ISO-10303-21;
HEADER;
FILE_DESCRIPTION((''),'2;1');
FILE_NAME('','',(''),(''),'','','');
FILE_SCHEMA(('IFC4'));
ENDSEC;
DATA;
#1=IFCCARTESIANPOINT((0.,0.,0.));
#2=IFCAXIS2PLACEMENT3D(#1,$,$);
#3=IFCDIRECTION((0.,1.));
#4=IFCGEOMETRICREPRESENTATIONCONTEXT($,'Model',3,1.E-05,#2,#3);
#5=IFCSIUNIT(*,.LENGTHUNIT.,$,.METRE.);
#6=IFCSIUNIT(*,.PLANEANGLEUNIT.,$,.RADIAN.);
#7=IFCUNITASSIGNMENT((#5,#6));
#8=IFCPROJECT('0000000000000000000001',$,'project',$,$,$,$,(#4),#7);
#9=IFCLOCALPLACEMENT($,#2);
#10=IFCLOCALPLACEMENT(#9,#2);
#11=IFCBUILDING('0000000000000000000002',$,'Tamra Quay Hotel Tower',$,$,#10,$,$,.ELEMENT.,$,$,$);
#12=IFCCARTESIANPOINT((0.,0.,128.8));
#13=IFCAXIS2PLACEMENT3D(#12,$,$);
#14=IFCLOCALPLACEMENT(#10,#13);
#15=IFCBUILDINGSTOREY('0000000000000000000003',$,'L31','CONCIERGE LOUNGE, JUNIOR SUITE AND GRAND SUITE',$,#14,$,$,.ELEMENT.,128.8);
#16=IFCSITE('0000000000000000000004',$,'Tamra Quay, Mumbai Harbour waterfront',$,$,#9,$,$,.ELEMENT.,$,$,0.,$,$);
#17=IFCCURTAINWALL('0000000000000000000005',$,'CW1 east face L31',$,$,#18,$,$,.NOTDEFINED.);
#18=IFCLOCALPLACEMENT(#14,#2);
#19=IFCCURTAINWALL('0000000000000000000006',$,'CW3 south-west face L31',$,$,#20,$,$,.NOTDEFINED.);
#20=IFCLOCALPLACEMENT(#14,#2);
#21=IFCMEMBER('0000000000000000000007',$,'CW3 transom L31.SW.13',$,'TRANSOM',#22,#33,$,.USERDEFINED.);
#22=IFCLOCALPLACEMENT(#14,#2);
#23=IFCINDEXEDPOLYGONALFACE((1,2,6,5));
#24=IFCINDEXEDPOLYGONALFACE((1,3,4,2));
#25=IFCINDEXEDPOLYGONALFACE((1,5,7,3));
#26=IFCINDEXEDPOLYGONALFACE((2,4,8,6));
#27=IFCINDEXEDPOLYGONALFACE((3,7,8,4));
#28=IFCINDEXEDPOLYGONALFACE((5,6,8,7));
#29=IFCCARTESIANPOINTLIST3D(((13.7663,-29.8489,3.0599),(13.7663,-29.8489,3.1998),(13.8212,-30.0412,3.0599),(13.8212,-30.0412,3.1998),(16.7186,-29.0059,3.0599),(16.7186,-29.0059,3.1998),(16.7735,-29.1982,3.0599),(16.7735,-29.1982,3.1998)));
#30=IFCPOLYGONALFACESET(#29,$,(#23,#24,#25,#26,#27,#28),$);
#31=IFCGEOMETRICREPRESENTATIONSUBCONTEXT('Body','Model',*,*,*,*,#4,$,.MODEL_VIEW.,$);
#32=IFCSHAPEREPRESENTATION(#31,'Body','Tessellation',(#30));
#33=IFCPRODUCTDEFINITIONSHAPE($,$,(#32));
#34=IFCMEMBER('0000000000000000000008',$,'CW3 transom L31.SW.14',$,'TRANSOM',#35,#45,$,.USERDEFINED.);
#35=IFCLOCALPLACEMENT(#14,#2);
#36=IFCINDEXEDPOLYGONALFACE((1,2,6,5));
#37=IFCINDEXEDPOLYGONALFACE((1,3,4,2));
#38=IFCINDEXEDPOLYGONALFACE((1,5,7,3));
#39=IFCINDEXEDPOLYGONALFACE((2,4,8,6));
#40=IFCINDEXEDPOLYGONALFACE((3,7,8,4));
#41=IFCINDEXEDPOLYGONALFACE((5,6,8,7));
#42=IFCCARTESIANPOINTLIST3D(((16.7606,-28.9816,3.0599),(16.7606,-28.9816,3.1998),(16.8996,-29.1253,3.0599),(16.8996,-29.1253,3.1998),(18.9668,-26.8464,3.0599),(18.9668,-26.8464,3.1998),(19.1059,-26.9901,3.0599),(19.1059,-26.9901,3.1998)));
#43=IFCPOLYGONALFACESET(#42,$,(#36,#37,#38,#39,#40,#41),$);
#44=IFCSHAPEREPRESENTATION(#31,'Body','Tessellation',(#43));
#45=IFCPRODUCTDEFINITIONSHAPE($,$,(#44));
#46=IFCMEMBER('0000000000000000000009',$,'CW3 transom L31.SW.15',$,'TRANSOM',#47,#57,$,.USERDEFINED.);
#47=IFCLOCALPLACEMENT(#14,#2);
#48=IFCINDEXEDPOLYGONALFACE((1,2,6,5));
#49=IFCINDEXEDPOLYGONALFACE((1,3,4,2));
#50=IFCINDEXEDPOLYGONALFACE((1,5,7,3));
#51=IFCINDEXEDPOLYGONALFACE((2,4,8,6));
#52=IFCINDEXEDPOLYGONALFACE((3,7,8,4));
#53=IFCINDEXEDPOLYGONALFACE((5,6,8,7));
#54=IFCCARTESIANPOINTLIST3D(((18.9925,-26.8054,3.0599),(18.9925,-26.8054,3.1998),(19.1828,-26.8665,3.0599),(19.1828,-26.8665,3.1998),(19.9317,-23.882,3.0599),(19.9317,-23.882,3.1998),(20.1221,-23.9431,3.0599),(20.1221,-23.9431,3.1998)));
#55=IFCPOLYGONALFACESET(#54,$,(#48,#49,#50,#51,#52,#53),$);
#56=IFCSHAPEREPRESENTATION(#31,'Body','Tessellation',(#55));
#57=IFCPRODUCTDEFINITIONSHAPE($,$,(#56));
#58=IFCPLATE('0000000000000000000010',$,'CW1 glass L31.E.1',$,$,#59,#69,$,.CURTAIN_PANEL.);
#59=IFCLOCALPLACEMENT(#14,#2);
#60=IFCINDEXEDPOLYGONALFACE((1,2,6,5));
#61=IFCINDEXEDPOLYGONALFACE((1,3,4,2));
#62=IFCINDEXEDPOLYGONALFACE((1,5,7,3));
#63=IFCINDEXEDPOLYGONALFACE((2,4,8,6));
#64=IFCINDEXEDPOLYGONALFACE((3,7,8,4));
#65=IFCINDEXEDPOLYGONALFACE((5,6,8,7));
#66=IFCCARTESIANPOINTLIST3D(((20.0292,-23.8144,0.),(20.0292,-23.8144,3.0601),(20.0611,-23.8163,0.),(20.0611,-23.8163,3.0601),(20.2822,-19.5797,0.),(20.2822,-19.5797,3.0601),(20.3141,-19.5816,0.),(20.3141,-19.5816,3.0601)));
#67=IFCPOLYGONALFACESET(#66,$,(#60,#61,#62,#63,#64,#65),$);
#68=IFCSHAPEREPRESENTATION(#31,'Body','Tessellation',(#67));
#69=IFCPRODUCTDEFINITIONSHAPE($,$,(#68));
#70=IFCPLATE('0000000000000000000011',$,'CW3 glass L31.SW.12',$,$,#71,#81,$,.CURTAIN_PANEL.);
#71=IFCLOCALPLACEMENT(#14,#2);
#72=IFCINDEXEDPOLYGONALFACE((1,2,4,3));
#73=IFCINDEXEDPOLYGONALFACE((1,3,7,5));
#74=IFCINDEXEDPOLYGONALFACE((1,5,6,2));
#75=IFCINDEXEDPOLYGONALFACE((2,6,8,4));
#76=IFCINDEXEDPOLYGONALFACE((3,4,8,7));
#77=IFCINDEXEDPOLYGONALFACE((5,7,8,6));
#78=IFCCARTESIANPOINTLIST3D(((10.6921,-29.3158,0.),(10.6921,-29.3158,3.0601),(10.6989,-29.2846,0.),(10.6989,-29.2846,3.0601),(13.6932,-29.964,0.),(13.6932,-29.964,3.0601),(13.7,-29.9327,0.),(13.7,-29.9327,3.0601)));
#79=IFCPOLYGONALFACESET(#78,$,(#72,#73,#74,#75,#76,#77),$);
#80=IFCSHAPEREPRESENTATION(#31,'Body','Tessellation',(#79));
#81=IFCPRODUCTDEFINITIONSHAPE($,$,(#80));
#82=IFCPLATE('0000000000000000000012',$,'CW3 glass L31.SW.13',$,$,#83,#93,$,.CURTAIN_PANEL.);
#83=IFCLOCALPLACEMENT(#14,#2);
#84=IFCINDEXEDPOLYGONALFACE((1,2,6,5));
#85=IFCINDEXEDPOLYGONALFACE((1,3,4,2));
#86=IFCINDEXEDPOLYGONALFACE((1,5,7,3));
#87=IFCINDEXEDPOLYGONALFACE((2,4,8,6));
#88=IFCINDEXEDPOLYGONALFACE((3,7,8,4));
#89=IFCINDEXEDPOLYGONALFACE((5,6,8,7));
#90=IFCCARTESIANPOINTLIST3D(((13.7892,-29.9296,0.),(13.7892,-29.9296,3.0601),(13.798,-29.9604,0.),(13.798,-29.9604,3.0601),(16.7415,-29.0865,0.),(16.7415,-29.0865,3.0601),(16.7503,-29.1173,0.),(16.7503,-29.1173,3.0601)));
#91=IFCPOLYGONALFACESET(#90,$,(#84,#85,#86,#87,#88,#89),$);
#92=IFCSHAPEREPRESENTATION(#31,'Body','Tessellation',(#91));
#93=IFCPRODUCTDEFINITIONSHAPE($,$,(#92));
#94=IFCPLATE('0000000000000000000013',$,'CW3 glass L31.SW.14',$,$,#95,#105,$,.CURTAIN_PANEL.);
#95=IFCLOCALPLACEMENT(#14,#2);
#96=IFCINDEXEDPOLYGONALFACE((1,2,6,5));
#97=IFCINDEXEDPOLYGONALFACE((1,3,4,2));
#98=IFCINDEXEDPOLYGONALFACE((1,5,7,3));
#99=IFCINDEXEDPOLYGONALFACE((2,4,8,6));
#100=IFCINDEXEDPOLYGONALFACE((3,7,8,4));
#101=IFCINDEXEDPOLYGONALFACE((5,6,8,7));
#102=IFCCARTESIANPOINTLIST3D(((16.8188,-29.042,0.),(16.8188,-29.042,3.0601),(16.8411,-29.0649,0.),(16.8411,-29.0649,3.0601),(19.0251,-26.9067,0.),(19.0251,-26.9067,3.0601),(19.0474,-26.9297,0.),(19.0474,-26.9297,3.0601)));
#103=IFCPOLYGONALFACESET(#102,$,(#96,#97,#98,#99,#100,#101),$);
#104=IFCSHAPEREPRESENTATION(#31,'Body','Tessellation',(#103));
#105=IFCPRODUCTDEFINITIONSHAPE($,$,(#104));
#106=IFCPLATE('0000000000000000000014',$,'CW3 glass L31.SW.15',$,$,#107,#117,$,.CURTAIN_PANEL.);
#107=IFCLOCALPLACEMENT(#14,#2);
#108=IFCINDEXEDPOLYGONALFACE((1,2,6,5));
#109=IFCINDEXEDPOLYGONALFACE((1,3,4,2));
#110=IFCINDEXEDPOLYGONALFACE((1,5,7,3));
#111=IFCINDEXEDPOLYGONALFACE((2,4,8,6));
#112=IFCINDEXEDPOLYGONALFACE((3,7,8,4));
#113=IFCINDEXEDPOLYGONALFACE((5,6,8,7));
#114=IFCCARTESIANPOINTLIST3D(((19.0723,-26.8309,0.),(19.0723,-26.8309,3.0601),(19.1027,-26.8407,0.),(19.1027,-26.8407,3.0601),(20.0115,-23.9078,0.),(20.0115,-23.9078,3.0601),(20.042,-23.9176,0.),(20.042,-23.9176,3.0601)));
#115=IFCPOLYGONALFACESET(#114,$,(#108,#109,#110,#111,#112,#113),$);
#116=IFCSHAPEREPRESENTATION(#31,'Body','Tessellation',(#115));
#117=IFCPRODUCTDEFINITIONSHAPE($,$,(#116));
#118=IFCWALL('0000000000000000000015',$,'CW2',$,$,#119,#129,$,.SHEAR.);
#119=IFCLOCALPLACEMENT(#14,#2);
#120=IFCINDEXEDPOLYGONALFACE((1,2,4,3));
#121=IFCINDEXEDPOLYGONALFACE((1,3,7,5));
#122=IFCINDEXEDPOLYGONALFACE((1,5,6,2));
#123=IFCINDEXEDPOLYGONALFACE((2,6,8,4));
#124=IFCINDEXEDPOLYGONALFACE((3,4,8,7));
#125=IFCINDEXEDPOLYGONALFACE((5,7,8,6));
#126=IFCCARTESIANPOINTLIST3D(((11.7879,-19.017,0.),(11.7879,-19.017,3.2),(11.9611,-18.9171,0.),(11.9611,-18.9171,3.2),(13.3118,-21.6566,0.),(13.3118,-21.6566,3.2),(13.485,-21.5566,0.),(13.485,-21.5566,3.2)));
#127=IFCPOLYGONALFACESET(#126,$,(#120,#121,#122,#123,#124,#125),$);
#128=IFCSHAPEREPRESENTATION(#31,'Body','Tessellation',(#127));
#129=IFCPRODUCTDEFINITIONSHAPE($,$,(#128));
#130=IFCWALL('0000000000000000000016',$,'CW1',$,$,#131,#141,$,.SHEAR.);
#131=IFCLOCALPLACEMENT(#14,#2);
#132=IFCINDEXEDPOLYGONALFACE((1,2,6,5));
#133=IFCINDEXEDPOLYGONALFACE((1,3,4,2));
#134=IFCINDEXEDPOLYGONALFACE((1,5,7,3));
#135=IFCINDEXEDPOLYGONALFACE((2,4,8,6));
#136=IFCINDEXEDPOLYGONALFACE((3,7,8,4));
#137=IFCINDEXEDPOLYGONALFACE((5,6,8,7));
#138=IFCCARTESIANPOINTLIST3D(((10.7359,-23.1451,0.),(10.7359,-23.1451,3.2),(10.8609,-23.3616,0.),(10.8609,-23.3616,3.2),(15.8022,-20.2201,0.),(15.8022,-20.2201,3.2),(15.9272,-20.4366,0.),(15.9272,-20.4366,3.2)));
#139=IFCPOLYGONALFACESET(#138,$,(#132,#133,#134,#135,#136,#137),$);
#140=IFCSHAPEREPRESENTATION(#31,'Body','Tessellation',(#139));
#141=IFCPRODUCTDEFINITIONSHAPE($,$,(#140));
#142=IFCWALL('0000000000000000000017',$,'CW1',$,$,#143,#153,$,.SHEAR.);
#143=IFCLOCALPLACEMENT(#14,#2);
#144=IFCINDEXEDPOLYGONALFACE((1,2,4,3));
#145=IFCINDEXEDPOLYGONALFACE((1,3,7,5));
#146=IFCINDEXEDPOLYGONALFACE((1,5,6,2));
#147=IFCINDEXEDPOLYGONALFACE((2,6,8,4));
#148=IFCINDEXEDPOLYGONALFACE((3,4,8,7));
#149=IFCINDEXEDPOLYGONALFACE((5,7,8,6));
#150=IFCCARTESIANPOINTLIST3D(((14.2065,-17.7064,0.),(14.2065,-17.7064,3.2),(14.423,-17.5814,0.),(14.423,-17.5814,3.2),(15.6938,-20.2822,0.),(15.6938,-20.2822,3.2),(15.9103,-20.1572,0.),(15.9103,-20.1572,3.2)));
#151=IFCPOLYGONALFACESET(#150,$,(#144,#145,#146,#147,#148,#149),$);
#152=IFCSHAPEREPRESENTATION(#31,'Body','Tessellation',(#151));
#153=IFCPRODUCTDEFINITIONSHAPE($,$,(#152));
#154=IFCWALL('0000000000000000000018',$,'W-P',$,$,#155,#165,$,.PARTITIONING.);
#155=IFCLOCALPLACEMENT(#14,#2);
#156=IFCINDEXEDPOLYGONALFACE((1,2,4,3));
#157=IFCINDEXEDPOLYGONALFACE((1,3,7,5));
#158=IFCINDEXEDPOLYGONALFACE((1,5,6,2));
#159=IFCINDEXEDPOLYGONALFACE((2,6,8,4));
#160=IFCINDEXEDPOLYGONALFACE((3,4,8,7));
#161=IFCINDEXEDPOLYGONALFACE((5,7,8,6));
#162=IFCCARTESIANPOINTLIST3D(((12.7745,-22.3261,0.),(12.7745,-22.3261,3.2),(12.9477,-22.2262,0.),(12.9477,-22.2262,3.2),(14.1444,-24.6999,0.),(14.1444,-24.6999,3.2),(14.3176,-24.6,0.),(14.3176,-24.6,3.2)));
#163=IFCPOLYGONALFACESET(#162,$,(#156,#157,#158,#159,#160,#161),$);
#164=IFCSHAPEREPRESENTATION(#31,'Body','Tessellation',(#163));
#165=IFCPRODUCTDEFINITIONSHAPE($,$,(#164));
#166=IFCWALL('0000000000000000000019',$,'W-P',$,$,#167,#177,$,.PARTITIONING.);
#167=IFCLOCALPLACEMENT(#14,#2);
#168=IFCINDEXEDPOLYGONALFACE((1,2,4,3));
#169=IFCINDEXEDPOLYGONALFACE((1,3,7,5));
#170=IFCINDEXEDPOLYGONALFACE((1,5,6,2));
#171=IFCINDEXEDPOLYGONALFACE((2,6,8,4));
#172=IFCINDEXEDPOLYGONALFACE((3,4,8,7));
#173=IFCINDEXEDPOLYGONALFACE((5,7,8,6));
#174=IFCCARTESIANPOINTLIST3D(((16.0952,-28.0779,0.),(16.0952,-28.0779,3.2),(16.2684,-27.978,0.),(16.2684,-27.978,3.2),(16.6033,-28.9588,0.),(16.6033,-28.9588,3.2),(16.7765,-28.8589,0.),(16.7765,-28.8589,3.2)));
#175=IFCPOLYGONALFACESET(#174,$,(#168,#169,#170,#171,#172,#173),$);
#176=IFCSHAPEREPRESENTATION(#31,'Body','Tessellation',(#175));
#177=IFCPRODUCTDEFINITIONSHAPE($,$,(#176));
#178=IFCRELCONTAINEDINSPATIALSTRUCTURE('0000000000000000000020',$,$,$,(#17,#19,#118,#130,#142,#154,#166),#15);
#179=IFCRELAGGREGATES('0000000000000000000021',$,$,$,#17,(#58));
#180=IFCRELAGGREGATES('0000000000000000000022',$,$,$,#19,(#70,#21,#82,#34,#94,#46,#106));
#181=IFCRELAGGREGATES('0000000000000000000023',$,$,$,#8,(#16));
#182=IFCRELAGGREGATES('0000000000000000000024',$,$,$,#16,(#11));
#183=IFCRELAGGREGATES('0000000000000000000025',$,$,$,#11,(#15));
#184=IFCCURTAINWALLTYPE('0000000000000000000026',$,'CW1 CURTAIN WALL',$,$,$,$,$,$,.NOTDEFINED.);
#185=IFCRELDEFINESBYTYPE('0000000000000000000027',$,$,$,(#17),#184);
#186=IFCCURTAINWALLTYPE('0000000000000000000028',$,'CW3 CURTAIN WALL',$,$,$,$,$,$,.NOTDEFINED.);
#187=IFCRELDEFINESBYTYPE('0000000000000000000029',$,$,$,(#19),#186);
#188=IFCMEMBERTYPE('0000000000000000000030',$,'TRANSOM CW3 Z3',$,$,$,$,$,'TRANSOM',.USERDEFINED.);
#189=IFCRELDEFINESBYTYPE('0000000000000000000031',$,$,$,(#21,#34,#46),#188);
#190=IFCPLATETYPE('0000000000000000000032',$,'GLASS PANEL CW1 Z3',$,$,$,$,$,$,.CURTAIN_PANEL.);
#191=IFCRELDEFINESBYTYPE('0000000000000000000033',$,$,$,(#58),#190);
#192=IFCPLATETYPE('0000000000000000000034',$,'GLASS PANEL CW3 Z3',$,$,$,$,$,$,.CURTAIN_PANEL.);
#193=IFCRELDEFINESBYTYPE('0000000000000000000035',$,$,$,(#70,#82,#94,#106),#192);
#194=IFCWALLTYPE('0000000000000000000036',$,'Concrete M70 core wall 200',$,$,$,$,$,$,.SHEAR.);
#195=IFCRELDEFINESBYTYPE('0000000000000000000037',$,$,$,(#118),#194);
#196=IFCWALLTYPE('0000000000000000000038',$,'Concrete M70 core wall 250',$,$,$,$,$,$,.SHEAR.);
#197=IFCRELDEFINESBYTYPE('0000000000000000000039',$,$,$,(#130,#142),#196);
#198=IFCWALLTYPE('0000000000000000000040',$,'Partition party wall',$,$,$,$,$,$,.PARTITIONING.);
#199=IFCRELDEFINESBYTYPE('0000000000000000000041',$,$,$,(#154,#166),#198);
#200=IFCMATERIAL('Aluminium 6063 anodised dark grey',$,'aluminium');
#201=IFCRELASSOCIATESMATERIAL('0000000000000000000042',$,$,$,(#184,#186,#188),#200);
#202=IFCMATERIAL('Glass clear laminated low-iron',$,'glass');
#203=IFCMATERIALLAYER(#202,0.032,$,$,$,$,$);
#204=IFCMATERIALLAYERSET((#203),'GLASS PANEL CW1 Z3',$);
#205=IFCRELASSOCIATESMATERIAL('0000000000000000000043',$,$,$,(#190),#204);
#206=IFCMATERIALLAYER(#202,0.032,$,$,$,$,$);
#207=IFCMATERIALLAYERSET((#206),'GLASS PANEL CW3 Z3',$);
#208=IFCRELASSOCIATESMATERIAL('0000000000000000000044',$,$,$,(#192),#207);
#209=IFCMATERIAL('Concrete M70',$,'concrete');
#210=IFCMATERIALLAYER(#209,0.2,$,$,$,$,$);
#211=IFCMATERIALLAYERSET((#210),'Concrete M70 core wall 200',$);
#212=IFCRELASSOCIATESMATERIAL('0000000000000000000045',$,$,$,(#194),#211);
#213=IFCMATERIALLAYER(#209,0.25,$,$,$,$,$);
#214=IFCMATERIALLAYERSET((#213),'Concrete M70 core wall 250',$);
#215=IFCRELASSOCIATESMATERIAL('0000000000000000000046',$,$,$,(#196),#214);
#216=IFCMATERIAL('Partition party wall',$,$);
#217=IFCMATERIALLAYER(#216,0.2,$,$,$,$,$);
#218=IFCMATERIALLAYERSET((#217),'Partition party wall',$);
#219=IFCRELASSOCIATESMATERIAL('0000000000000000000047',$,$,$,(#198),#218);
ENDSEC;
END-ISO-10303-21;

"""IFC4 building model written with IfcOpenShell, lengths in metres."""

from ifc_helpers import new_model, si_unit, direction, frame, frame_2d, origin, origin_2d, place, context, subcontext, project, spatial, rectangle, extrude, material, layer, layer_set, material_profile, profile_set, type_object, element, aggregate, save


model = new_model("IFC4")

# Units and contexts
model_context = context("Model", 3, precision=1e-05, world=origin(), true_north=direction((0.0, 1.0)))
body_context = subcontext(model_context, "Body", "Model", "MODEL_VIEW")
ifc_project = project(units=[si_unit("LENGTHUNIT", "METRE"), si_unit("PLANEANGLEUNIT", "RADIAN")], contexts=[model_context])

# Site, building, storey
site_placement = place(None, origin())
site = spatial("IfcSite", under=ifc_project, at=site_placement, Name="Tamra Quay, Mumbai Harbour waterfront", CompositionType="ELEMENT", RefElevation=0.0)
building_placement = place(site_placement, origin())
building = spatial("IfcBuilding", under=site, at=building_placement, Name="Tamra Quay Hotel Tower", CompositionType="ELEMENT")
storey_placement = place(building_placement, frame((0.0, 0.0, 128.8)))
storey = spatial("IfcBuildingStorey", under=building, at=storey_placement, Name="L31", Description="CONCIERGE LOUNGE, JUNIOR SUITE AND GRAND SUITE", CompositionType="ELEMENT", Elevation=128.8)

# Shared definitions
ifc_material_1 = material(Name="Concrete M70", Category="concrete")

# Curtain walls
ifc_material_2 = material(Name="Aluminium 6063 anodised dark grey", Category="aluminium")
curtain_wall_type_1 = type_object("IfcCurtainWallType", Name="CW1 CURTAIN WALL", PredefinedType="NOTDEFINED", material=ifc_material_2)
curtain_wall_1_placement = place(storey_placement, origin())
curtain_wall_1 = element("IfcCurtainWall", 1, at=curtain_wall_1_placement, inside=storey, type_object=curtain_wall_type_1, Name="CW1 east face L31", PredefinedType="NOTDEFINED")
curtain_wall_type_2 = type_object("IfcCurtainWallType", Name="CW3 CURTAIN WALL", PredefinedType="NOTDEFINED", material=ifc_material_2)
curtain_wall_2_placement = place(storey_placement, origin())
curtain_wall_2 = element("IfcCurtainWall", 2, at=curtain_wall_2_placement, inside=storey, type_object=curtain_wall_type_2, Name="CW3 south-west face L31", PredefinedType="NOTDEFINED")

# Members
ifc_material_profile_1 = material_profile(ifc_material_2, rectangle(XDim=0.2, YDim=0.1399, at=origin_2d()), Name="TRANSOM 200X140")
ifc_profile_set_1 = profile_set([ifc_material_profile_1], Name="Aluminium 6063 anodised dark grey")
member_type_1 = type_object("IfcMemberType", Name="TRANSOM CW3 Z3", ElementType="TRANSOM", PredefinedType="USERDEFINED", material=ifc_profile_set_1)
member_1_placement = place(storey_placement, frame((13.7937, -29.9451, 3.1299), z_axis=(0.961569, 0.274564, 0.0), x_axis=(-0.274564, 0.961569, 0.0)))
member_1 = element("IfcMember", 3, at=member_1_placement, type_object=member_type_1, Name="CW3 transom L31.SW.13", ObjectType="TRANSOM", PredefinedType="USERDEFINED", context=body_context, shape_type="SweptSolid", body=[
    extrude(rectangle(XDim=0.2, YDim=0.1399, at=origin_2d()), origin(), (0.0, 0.0, 1.0), 3.0703),
])
member_2_placement = place(storey_placement, frame((16.8301, -29.0535, 3.1299), z_axis=(0.718582, 0.695443, 0.0), x_axis=(-0.695443, 0.718582, 0.0)))
member_2 = element("IfcMember", 4, at=member_2_placement, type_object=member_type_1, Name="CW3 transom L31.SW.14", ObjectType="TRANSOM", PredefinedType="USERDEFINED", context=body_context, shape_type="SweptSolid", body=[
    extrude(rectangle(XDim=0.2, YDim=0.1399, at=origin_2d()), origin(), (0.0, 0.0, 1.0), 3.0703),
])
member_3_placement = place(storey_placement, frame((19.0876, -26.8359, 3.1299), z_axis=(0.30588, 0.95207, 0.0), x_axis=(-0.95207, 0.30588, 0.0)))
member_3 = element("IfcMember", 5, at=member_3_placement, type_object=member_type_1, Name="CW3 transom L31.SW.15", ObjectType="TRANSOM", PredefinedType="USERDEFINED", context=body_context, shape_type="SweptSolid", body=[
    extrude(rectangle(XDim=0.2, YDim=0.1399, at=origin_2d()), origin(), (0.0, 0.0, 1.0), 3.0706),
])

# Plates
ifc_material_3 = material(Name="Glass clear laminated low-iron", Category="glass")
ifc_layer_1 = layer(ifc_material_3, 0.032)
ifc_layer_set_1 = layer_set([ifc_layer_1], Name="GLASS PANEL CW1 Z3")
plate_type_1 = type_object("IfcPlateType", Name="GLASS PANEL CW1 Z3", PredefinedType="CURTAIN_PANEL", material=ifc_layer_set_1)
plate_1_placement = place(storey_placement, frame((20.1716, -21.698, 0.0), z_axis=(0.0, 0.0, 1.0), x_axis=(0.059642, 0.99822, 0.0)))
plate_1 = element("IfcPlate", 6, at=plate_1_placement, type_object=plate_type_1, Name="CW1 glass L31.E.1", PredefinedType="CURTAIN_PANEL", context=body_context, shape_type="SweptSolid", body=[
    extrude(rectangle(XDim=4.2422, YDim=0.032, at=origin_2d()), origin(), (0.0, 0.0, 1.0), 3.0601),
])
aggregate(curtain_wall_1, [plate_1])
ifc_layer_2 = layer(ifc_material_3, 0.032)
ifc_layer_set_2 = layer_set([ifc_layer_2], Name="GLASS PANEL CW3 Z3")
plate_type_2 = type_object("IfcPlateType", Name="GLASS PANEL CW3 Z3", PredefinedType="CURTAIN_PANEL", material=ifc_layer_set_2)
plate_2_placement = place(storey_placement, frame((12.196, -29.6243, 0.0), z_axis=(0.0, 0.0, 1.0), x_axis=(0.977465, -0.211099, 0.0)))
plate_2 = element("IfcPlate", 7, at=plate_2_placement, type_object=plate_type_2, Name="CW3 glass L31.SW.12", PredefinedType="CURTAIN_PANEL", context=body_context, shape_type="SweptSolid", body=[
    extrude(rectangle(XDim=3.0703, YDim=0.032, at=origin_2d()), origin(), (0.0, 0.0, 1.0), 3.0601),
])
plate_3_placement = place(storey_placement, frame((15.2698, -29.5234, 0.0), z_axis=(0.0, 0.0, 1.0), x_axis=(0.961561, 0.274593, 0.0)))
plate_3 = element("IfcPlate", 8, at=plate_3_placement, type_object=plate_type_2, Name="CW3 glass L31.SW.13", PredefinedType="CURTAIN_PANEL", context=body_context, shape_type="SweptSolid", body=[
    extrude(rectangle(XDim=3.0703, YDim=0.032, at=origin_2d()), origin(), (0.0, 0.0, 1.0), 3.0601),
])
plate_4_placement = place(storey_placement, frame((17.9331, -27.9858, 0.0), z_axis=(0.0, 0.0, 1.0), x_axis=(0.718584, 0.69544, 0.0)))
plate_4 = element("IfcPlate", 9, at=plate_4_placement, type_object=plate_type_2, Name="CW3 glass L31.SW.14", PredefinedType="CURTAIN_PANEL", context=body_context, shape_type="SweptSolid", body=[
    extrude(rectangle(XDim=3.0703, YDim=0.032, at=origin_2d()), origin(), (0.0, 0.0, 1.0), 3.0601),
])
plate_5_placement = place(storey_placement, frame((19.5571, -25.3743, 0.0), z_axis=(0.0, 0.0, 1.0), x_axis=(0.305915, 0.952059, 0.0)))
plate_5 = element("IfcPlate", 10, at=plate_5_placement, type_object=plate_type_2, Name="CW3 glass L31.SW.15", PredefinedType="CURTAIN_PANEL", context=body_context, shape_type="SweptSolid", body=[
    extrude(rectangle(XDim=3.0703, YDim=0.032, at=origin_2d()), origin(), (0.0, 0.0, 1.0), 3.0601),
])
aggregate(curtain_wall_2, [plate_2, member_1, plate_3, member_2, plate_4, member_3, plate_5])

# Walls
ifc_layer_3 = layer(ifc_material_1, 0.2)
ifc_layer_set_3 = layer_set([ifc_layer_3], Name="Concrete M70 core wall 200")
wall_type_1 = type_object("IfcWallType", Name="Concrete M70 core wall 200", PredefinedType="SHEAR", material=ifc_layer_set_3)
wall_1_placement = place(storey_placement, frame((11.8745, -18.967, 0.0), z_axis=(0.0, 0.0, 1.0), x_axis=(0.499981, -0.866036, 0.0)))
element("IfcWall", 11, at=wall_1_placement, inside=storey, type_object=wall_type_1, Name="CW2", PredefinedType="SHEAR", context=body_context, shape_type="SweptSolid", body=[
    extrude(rectangle(XDim=3.0479, YDim=0.2, at=frame_2d((1.5239, 0.0))), origin(), (0.0, 0.0, 1.0), 3.2),
])
ifc_layer_4 = layer(ifc_material_1, 0.25)
ifc_layer_set_4 = layer_set([ifc_layer_4], Name="Concrete M70 core wall 250")
wall_type_2 = type_object("IfcWallType", Name="Concrete M70 core wall 250", PredefinedType="SHEAR", material=ifc_layer_set_4)
wall_2_placement = place(storey_placement, frame((15.8647, -20.3284, 0.0), z_axis=(0.0, 0.0, 1.0), x_axis=(-0.866029, -0.499995, 0.0)))
element("IfcWall", 12, at=wall_2_placement, inside=storey, type_object=wall_type_2, Name="CW1", PredefinedType="SHEAR", context=body_context, shape_type="SweptSolid", body=[
    extrude(rectangle(XDim=5.8501, YDim=0.25, at=frame_2d((2.925, 0.0))), origin(), (0.0, 0.0, 1.0), 3.2),
])
wall_3_placement = place(storey_placement, frame((14.3147, -17.6438, 0.0), z_axis=(0.0, 0.0, 1.0), x_axis=(0.500023, -0.866012, 0.0)))
element("IfcWall", 13, at=wall_3_placement, inside=storey, type_object=wall_type_2, Name="CW1", PredefinedType="SHEAR", context=body_context, shape_type="SweptSolid", body=[
    extrude(rectangle(XDim=2.9744, YDim=0.25, at=frame_2d((1.4873, 0.0))), origin(), (0.0, 0.0, 1.0), 3.2),
])
ifc_material_4 = material(Name="Partition party wall")
ifc_layer_5 = layer(ifc_material_4, 0.2)
ifc_layer_set_5 = layer_set([ifc_layer_5], Name="Partition party wall")
wall_type_3 = type_object("IfcWallType", Name="Partition party wall", PredefinedType="PARTITIONING", material=ifc_layer_set_5)
wall_4_placement = place(storey_placement, frame((12.8611, -22.2761, 0.0), z_axis=(0.0, 0.0, 1.0), x_axis=(0.499828, -0.866125, 0.0)))
element("IfcWall", 14, at=wall_4_placement, inside=storey, type_object=wall_type_3, Name="W-P", PredefinedType="PARTITIONING", context=body_context, shape_type="SweptSolid", body=[
    extrude(rectangle(XDim=2.7407, YDim=0.2, at=frame_2d((1.3704, 0.0))), origin(), (0.0, 0.0, 1.0), 3.2),
])
wall_5_placement = place(storey_placement, frame((16.1819, -28.0281, 0.0), z_axis=(0.0, 0.0, 1.0), x_axis=(0.499625, -0.866242, 0.0)))
element("IfcWall", 15, at=wall_5_placement, inside=storey, type_object=wall_type_3, Name="W-P", PredefinedType="PARTITIONING", context=body_context, shape_type="SweptSolid", body=[
    extrude(rectangle(XDim=1.0168, YDim=0.2, at=frame_2d((0.5083, 0.0))), origin(), (0.0, 0.0, 1.0), 3.2),
])

save(model, "model.ifc")
